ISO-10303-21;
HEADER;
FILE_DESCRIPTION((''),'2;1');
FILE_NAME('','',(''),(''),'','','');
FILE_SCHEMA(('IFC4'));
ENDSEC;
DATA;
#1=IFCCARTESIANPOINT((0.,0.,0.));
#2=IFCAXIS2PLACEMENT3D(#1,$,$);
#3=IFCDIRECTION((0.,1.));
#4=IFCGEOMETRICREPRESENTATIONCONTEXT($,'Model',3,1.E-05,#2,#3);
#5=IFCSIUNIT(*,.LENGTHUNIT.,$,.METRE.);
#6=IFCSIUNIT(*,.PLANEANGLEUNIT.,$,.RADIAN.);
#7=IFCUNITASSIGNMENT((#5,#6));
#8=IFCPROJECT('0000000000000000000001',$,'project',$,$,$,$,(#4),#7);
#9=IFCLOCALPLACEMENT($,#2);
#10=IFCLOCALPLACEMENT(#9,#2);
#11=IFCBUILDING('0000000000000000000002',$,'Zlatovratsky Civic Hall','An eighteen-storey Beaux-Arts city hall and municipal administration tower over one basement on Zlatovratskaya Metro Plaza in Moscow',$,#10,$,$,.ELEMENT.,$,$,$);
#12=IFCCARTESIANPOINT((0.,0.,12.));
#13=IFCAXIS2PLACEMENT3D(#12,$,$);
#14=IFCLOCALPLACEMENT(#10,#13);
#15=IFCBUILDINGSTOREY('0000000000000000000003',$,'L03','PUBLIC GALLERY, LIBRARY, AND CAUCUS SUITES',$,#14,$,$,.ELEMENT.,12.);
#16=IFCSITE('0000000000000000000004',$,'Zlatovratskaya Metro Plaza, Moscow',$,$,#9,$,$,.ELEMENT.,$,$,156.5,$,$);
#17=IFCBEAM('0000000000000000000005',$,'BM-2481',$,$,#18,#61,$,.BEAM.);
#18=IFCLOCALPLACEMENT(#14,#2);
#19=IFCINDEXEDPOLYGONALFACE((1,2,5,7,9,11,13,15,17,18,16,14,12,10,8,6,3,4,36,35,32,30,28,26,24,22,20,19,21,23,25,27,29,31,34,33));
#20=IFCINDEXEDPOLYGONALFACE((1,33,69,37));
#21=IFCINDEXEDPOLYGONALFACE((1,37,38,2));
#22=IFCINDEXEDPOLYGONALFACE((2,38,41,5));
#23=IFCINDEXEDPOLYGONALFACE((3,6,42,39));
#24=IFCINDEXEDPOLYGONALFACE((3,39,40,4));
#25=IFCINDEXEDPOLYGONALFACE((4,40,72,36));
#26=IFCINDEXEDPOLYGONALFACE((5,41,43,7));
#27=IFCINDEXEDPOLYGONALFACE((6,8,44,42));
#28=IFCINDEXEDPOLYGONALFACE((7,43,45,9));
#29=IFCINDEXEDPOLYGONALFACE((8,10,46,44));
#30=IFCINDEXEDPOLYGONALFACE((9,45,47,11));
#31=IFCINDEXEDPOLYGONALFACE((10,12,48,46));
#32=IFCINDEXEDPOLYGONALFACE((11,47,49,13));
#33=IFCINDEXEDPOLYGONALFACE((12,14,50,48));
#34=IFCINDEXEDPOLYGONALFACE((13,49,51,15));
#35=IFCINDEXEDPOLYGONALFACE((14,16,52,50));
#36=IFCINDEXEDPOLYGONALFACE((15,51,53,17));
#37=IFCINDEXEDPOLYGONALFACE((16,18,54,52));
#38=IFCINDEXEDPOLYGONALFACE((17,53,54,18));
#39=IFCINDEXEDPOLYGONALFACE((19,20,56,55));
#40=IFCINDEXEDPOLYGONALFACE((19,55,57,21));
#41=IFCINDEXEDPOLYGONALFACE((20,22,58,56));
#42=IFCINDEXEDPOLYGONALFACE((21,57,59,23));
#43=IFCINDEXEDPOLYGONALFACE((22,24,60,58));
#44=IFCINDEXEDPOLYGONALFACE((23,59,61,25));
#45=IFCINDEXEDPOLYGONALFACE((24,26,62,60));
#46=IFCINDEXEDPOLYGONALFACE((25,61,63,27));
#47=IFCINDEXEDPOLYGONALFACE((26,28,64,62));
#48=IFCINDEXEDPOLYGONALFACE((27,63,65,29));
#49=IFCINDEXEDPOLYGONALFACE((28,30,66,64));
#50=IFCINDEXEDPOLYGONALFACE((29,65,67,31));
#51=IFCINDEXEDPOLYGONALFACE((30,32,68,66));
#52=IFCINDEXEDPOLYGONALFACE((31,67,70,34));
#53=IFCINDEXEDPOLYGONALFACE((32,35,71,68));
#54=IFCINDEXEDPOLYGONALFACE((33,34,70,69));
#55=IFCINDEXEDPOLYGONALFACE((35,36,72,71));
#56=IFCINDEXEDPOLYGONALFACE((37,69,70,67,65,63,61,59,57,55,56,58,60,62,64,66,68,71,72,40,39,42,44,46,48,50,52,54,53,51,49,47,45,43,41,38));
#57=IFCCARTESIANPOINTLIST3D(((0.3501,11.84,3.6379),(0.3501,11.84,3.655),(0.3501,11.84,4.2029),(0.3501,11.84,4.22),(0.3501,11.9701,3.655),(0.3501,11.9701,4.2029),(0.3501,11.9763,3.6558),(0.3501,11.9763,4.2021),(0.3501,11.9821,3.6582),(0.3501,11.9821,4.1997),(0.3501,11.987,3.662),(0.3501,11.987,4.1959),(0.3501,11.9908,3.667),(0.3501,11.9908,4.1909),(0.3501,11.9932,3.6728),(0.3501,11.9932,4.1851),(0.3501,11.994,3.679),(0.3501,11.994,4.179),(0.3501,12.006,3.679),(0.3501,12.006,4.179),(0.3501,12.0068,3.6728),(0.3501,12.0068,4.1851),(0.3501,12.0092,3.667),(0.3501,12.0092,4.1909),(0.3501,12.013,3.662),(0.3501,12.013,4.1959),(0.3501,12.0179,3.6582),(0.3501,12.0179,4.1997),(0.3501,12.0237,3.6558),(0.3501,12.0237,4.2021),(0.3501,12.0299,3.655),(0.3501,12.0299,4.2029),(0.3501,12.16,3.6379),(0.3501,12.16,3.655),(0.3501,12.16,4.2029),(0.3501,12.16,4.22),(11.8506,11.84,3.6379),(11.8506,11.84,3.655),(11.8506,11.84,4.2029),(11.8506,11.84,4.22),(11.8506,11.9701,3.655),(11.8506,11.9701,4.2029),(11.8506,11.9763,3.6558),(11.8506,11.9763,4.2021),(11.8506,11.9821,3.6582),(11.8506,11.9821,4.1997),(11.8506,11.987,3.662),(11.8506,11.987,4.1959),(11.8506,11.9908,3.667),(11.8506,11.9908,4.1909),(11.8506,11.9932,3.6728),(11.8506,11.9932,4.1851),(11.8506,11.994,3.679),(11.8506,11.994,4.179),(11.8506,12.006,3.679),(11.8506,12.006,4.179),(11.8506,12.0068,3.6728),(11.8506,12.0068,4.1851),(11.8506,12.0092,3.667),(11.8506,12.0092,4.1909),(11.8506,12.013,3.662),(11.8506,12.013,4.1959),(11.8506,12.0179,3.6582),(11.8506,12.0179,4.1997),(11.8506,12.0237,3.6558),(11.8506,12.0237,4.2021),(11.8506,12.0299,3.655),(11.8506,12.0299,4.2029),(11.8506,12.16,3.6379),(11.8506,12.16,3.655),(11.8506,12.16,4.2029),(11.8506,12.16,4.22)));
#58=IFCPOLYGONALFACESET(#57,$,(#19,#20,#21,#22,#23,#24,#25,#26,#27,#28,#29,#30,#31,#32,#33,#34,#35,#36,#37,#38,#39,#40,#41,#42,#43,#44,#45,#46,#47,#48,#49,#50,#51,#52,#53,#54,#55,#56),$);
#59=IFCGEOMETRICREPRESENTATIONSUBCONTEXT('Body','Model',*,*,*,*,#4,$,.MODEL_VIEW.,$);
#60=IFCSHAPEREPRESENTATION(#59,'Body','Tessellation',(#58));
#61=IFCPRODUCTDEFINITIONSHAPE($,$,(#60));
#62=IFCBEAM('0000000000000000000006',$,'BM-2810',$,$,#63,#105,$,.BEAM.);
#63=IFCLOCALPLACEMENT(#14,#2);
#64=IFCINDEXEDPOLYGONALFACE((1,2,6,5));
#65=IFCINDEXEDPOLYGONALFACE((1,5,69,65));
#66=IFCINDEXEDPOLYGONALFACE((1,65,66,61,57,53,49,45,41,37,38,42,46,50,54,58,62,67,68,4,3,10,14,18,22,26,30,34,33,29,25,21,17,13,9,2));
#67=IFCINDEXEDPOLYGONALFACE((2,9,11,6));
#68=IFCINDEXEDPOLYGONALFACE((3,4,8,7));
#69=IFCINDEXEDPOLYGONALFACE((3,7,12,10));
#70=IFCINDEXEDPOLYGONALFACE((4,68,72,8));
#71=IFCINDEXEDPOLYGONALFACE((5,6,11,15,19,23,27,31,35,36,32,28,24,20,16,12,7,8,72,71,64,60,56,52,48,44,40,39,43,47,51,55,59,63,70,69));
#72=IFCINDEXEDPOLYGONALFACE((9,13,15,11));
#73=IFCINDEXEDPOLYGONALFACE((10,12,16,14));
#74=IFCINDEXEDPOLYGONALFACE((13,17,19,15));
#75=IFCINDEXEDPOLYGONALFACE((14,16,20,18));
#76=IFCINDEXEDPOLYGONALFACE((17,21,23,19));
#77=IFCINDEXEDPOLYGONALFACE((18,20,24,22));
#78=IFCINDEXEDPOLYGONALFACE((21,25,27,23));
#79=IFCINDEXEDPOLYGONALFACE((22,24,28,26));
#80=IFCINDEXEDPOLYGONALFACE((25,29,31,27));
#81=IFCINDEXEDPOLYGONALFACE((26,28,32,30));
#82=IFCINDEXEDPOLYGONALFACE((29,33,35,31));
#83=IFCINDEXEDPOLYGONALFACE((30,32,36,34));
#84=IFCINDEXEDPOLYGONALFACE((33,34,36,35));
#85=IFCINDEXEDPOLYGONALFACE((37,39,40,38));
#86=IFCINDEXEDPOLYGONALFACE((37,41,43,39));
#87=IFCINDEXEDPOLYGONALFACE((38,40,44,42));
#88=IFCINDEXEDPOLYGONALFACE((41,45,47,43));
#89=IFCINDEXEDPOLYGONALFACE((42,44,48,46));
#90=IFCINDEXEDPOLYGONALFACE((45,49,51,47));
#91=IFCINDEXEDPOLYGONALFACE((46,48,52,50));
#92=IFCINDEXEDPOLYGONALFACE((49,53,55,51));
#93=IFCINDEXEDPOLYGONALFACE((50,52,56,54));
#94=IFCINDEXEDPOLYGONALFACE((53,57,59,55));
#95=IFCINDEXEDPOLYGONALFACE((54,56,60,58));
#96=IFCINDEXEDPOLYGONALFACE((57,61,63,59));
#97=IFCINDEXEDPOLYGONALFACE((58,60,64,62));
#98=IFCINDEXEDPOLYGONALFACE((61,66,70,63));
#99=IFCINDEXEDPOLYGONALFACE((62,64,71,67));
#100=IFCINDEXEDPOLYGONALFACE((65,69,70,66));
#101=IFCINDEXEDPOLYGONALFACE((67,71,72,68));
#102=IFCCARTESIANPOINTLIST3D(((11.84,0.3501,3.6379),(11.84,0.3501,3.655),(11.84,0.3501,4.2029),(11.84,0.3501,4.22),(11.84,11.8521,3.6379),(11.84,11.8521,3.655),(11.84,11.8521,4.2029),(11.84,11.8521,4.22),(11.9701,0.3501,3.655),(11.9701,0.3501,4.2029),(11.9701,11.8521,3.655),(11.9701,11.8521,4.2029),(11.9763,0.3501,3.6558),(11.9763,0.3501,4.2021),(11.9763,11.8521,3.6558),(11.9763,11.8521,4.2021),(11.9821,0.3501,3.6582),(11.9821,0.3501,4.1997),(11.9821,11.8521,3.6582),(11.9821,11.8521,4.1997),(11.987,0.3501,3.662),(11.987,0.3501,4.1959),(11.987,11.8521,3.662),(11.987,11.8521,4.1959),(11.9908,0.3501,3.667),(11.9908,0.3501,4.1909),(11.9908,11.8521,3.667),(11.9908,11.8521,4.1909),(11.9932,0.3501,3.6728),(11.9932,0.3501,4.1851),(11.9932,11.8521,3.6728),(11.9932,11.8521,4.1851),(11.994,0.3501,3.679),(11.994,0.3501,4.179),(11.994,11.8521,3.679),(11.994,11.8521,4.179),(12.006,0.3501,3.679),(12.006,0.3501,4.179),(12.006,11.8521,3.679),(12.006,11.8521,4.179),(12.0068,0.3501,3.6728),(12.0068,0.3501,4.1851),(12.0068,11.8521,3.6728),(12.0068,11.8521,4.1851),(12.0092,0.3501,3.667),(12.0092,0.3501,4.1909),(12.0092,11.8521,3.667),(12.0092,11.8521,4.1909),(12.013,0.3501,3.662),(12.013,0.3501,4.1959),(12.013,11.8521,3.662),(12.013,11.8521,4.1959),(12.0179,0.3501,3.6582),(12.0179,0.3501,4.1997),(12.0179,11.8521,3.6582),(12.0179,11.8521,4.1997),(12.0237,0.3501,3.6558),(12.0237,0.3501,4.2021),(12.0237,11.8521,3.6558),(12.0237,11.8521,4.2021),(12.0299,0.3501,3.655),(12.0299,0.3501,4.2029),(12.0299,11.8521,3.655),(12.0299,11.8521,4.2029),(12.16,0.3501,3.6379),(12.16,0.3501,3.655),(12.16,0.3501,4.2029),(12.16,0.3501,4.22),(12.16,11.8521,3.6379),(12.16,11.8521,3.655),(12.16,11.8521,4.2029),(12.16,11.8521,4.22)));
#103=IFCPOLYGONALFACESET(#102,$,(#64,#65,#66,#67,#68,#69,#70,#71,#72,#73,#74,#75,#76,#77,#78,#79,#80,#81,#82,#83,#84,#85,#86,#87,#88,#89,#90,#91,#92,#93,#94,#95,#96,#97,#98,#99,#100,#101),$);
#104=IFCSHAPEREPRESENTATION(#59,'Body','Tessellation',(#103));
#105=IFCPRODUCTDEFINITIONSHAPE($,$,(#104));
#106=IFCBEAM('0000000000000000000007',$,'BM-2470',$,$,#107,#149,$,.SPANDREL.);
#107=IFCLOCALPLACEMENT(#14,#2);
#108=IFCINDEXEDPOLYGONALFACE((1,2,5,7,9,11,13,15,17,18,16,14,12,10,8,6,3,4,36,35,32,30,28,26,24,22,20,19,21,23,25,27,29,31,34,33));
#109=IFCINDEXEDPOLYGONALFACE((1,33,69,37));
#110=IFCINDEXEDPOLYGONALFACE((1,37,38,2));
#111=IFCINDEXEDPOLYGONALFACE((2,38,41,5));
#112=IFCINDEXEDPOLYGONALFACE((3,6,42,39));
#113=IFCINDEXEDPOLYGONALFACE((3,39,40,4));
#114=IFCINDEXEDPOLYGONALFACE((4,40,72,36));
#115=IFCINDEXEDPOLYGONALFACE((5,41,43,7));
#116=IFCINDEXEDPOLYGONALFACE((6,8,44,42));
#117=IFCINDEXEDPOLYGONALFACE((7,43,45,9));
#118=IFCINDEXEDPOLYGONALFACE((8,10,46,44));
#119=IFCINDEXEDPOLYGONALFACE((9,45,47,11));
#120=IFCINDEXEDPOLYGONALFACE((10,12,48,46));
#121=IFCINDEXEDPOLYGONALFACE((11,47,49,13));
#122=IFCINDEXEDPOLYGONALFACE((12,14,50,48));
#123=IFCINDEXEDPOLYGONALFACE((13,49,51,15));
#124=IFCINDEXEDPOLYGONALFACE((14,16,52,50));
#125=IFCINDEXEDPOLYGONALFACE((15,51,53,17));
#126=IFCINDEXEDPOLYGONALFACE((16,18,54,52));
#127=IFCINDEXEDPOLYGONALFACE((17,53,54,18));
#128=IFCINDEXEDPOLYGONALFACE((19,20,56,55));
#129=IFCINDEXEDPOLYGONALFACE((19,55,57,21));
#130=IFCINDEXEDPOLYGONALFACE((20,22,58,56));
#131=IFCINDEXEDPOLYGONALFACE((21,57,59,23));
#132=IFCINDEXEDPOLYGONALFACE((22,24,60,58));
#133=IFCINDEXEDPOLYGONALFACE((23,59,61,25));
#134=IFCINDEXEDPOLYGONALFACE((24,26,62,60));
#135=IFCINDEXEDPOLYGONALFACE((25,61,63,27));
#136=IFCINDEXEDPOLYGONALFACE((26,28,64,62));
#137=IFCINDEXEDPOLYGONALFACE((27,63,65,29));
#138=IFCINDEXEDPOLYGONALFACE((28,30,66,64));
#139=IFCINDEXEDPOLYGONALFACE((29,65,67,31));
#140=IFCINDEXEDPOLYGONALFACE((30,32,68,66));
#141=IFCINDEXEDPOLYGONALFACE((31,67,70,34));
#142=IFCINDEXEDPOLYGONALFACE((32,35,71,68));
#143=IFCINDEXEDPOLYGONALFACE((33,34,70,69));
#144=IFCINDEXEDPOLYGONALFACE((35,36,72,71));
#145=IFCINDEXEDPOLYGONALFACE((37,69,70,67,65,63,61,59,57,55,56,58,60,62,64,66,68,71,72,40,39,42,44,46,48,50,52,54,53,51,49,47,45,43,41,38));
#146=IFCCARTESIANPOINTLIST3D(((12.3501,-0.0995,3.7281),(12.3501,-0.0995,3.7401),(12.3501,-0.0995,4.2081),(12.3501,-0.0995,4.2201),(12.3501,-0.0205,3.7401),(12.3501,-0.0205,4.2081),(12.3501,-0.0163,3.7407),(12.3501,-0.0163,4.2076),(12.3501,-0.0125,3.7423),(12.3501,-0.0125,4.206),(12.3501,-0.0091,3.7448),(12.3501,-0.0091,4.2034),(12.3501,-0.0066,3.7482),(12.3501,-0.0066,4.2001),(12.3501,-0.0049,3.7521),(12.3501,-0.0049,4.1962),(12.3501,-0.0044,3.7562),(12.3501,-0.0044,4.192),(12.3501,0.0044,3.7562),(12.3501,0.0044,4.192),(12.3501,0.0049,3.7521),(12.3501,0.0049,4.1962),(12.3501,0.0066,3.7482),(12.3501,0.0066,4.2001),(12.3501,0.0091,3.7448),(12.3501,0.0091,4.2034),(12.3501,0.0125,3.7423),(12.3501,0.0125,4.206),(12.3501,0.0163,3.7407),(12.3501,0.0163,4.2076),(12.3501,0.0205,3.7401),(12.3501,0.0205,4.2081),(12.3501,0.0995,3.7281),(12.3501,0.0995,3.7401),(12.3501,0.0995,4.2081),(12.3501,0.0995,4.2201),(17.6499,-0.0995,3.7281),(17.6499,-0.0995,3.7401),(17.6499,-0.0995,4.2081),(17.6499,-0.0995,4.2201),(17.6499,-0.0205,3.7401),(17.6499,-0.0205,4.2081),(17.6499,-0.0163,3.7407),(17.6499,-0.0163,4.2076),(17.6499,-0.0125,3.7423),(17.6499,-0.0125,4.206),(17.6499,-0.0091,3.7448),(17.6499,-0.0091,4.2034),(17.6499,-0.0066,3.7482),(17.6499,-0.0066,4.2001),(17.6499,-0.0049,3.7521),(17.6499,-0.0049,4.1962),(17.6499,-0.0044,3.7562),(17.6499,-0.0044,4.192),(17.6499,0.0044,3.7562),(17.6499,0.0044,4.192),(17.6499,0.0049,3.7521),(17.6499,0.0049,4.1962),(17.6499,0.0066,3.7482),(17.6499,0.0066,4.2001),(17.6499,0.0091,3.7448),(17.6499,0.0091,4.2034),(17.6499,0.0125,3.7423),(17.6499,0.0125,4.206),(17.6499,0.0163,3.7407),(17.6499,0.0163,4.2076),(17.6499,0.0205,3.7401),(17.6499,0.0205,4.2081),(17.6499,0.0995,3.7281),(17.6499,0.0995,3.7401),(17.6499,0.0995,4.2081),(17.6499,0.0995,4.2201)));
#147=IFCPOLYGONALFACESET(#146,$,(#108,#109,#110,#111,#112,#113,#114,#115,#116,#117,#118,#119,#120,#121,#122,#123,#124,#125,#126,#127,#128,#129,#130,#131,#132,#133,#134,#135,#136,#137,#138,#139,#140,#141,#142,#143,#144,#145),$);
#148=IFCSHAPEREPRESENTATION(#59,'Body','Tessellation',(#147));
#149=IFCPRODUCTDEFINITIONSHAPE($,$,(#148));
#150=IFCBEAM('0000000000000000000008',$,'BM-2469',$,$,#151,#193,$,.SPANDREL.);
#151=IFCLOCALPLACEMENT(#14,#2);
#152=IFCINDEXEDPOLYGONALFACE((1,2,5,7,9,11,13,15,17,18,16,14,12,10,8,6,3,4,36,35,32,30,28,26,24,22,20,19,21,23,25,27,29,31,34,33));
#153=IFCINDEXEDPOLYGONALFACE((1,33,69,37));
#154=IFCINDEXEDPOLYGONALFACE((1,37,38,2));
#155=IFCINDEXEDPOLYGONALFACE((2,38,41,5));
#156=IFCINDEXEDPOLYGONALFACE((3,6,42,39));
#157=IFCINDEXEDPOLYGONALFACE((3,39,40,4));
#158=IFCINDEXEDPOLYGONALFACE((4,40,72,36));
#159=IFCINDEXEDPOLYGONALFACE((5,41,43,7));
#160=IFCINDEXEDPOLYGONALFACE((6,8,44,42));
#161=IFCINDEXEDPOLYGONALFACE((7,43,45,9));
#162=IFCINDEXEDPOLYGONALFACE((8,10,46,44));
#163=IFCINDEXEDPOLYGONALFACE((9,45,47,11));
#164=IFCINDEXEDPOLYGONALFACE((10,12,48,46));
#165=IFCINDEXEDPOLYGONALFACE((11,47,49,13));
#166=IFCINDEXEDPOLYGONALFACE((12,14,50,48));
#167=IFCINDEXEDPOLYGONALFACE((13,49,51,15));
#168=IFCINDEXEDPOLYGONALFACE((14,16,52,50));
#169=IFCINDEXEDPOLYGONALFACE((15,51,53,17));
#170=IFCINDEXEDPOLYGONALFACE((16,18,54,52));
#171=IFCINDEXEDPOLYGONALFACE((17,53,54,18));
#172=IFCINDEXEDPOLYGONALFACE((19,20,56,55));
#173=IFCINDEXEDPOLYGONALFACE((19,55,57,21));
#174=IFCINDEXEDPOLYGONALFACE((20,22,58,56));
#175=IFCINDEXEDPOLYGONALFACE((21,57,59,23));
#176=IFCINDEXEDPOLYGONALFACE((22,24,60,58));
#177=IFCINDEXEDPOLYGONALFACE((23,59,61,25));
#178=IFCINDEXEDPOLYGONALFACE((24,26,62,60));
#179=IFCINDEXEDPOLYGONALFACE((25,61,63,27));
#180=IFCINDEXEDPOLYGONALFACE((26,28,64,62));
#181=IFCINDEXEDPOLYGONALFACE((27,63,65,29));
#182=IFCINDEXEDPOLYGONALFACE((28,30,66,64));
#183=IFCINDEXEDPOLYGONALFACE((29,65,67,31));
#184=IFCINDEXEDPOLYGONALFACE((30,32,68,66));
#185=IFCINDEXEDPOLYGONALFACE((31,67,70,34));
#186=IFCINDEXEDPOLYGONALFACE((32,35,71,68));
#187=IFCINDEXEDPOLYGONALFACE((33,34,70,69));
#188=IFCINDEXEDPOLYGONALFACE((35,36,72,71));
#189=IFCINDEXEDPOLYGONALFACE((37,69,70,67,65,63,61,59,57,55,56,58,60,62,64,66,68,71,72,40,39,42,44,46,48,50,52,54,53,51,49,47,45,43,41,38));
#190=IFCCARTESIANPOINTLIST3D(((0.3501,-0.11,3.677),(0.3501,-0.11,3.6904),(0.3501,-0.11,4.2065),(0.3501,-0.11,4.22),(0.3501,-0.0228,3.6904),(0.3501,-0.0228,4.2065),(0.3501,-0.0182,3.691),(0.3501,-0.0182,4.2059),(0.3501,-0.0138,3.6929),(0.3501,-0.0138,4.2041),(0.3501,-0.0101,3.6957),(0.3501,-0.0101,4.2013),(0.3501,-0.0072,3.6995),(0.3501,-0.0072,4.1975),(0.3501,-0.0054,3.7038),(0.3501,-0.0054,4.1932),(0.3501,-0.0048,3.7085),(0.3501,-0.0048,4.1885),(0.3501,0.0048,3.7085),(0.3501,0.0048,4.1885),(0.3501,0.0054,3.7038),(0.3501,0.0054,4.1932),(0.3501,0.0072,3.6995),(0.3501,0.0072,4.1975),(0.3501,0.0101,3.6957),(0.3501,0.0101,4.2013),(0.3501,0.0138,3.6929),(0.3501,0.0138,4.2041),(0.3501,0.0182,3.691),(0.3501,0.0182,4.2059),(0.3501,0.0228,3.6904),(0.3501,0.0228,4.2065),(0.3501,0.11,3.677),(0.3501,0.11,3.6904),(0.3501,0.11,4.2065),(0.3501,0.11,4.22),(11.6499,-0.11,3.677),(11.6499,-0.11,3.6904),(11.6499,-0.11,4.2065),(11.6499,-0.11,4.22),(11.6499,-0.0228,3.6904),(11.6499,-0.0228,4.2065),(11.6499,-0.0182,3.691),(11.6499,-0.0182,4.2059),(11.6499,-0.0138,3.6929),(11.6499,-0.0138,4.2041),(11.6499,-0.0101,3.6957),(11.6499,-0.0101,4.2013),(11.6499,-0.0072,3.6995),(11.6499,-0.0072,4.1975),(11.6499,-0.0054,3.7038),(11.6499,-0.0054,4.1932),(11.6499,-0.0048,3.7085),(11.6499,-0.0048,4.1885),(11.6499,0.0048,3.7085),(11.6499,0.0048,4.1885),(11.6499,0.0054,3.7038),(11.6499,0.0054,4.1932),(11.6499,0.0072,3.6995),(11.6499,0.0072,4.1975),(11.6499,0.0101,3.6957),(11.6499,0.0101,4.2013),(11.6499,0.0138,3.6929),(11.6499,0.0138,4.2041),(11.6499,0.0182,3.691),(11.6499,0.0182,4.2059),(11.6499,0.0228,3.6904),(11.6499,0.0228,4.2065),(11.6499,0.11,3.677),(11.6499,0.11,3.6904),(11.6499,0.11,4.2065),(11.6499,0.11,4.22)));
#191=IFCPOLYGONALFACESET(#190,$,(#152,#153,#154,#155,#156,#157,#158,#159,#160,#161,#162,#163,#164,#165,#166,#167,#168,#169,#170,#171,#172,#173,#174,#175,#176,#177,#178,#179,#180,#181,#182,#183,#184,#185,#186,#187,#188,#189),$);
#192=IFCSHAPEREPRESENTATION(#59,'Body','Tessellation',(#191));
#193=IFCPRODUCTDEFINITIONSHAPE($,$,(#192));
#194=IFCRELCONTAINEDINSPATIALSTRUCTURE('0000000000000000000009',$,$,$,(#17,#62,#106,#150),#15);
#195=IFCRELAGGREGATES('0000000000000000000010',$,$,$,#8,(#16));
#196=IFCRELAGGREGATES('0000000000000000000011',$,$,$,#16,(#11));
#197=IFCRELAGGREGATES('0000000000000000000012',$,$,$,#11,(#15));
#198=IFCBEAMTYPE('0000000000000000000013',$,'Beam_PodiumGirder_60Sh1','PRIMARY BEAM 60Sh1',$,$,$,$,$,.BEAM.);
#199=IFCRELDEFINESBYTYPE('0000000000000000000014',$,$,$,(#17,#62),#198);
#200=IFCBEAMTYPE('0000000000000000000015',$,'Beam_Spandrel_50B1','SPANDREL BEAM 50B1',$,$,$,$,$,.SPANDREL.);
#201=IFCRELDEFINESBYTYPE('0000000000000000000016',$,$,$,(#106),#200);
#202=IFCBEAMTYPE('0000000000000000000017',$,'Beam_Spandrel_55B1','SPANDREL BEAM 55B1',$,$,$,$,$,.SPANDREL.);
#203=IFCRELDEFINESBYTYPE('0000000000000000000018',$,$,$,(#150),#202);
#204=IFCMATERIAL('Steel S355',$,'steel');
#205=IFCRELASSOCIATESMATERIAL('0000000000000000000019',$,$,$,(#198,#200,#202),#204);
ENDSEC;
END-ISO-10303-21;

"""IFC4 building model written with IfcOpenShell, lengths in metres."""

from ifc_helpers import new_model, si_unit, direction, frame, origin, origin_2d, place, context, subcontext, project, spatial, i_section, extrude, material, material_profile, profile_set, type_object, element, save


model = new_model("IFC4")

# Units and contexts
model_context = context("Model", 3, precision=1e-05, world=origin(), true_north=direction((0.0, 1.0)))
body_context = subcontext(model_context, "Body", "Model", "MODEL_VIEW")
ifc_project = project(units=[si_unit("LENGTHUNIT", "METRE"), si_unit("PLANEANGLEUNIT", "RADIAN")], contexts=[model_context])

# Site, building, storey
site_placement = place(None, origin())
site = spatial("IfcSite", under=ifc_project, at=site_placement, Name="Zlatovratskaya Metro Plaza, Moscow", CompositionType="ELEMENT", RefElevation=156.5)
building_placement = place(site_placement, origin())
building = spatial("IfcBuilding", under=site, at=building_placement, Name="Zlatovratsky Civic Hall", Description="An eighteen-storey Beaux-Arts city hall and municipal administration tower over one basement on Zlatovratskaya Metro Plaza in Moscow", CompositionType="ELEMENT")
storey_placement = place(building_placement, frame((0.0, 0.0, 12.0)))
storey = spatial("IfcBuildingStorey", under=building, at=storey_placement, Name="L03", Description="PUBLIC GALLERY, LIBRARY, AND CAUCUS SUITES", CompositionType="ELEMENT", Elevation=12.0)

# Shared definitions
ifc_material_1 = material(Name="Steel S355", Category="steel")

# Beams
ifc_material_profile_1 = material_profile(ifc_material_1, i_section(OverallWidth=0.3201, OverallDepth=0.582, WebThickness=0.012, FlangeThickness=0.0171, FilletRadius=0.0239, at=origin_2d()), Name="60Sh1")
ifc_profile_set_1 = profile_set([ifc_material_profile_1], Name="Steel S355")
beam_type_1 = type_object("IfcBeamType", Name="Beam_PodiumGirder_60Sh1", Description="PRIMARY BEAM 60Sh1", PredefinedType="BEAM", material=ifc_profile_set_1)
beam_1_placement = place(storey_placement, frame((0.3501, 12.0, 3.929), z_axis=(1.0, 0.0, 0.0), x_axis=(0.0, 1.0, 0.0)))
element("IfcBeam", 1, at=beam_1_placement, inside=storey, type_object=beam_type_1, Name="BM-2481", PredefinedType="BEAM", context=body_context, shape_type="SweptSolid", body=[
    extrude(i_section(OverallWidth=0.3201, OverallDepth=0.582, WebThickness=0.012, FlangeThickness=0.0171, FilletRadius=0.0239, at=origin_2d()), origin(), (0.0, 0.0, 1.0), 11.5005),
])
beam_2_placement = place(storey_placement, frame((12.0, 0.3501, 3.929), z_axis=(0.0, 1.0, 0.0), x_axis=(-1.0, 0.0, 0.0)))
element("IfcBeam", 2, at=beam_2_placement, inside=storey, type_object=beam_type_1, Name="BM-2810", PredefinedType="BEAM", context=body_context, shape_type="SweptSolid", body=[
    extrude(i_section(OverallWidth=0.3201, OverallDepth=0.582, WebThickness=0.012, FlangeThickness=0.0171, FilletRadius=0.0239, at=origin_2d()), origin(), (0.0, 0.0, 1.0), 11.502),
])
ifc_material_profile_2 = material_profile(ifc_material_1, i_section(OverallWidth=0.199, OverallDepth=0.4919, WebThickness=0.0088, FlangeThickness=0.012, FilletRadius=0.0161, at=origin_2d()), Name="50B1")
ifc_profile_set_2 = profile_set([ifc_material_profile_2], Name="Steel S355")
beam_type_2 = type_object("IfcBeamType", Name="Beam_Spandrel_50B1", Description="SPANDREL BEAM 50B1", PredefinedType="SPANDREL", material=ifc_profile_set_2)
beam_3_placement = place(storey_placement, frame((12.3501, 0.0, 3.9741), z_axis=(1.0, 0.0, 0.0), x_axis=(0.0, 1.0, 0.0)))
element("IfcBeam", 3, at=beam_3_placement, inside=storey, type_object=beam_type_2, Name="BM-2470", PredefinedType="SPANDREL", context=body_context, shape_type="SweptSolid", body=[
    extrude(i_section(OverallWidth=0.199, OverallDepth=0.4919, WebThickness=0.0088, FlangeThickness=0.012, FilletRadius=0.0161, at=origin_2d()), origin(), (0.0, 0.0, 1.0), 5.2998),
])
ifc_material_profile_3 = material_profile(ifc_material_1, i_section(OverallWidth=0.22, OverallDepth=0.543, WebThickness=0.0095, FlangeThickness=0.0134, FilletRadius=0.0181, at=origin_2d()), Name="55B1")
ifc_profile_set_3 = profile_set([ifc_material_profile_3], Name="Steel S355")
beam_type_3 = type_object("IfcBeamType", Name="Beam_Spandrel_55B1", Description="SPANDREL BEAM 55B1", PredefinedType="SPANDREL", material=ifc_profile_set_3)
for number, where, z_axis, x_axis, name in (
    (4, (0.3501, 0.0, 3.9485), (1.0, 0.0, 0.0), (0.0, 1.0, 0.0), "BM-2469"),
):
    element("IfcBeam", number, at=place(storey_placement, frame(where, z_axis=z_axis, x_axis=x_axis)), inside=storey, type_object=beam_type_3, Name=name, PredefinedType="SPANDREL", context=body_context, shape_type="SweptSolid", body=[
        extrude(i_section(OverallWidth=0.22, OverallDepth=0.543, WebThickness=0.0095, FlangeThickness=0.0134, FilletRadius=0.0181, at=origin_2d()), origin(), (0.0, 0.0, 1.0), 11.2998),
    ])

save(model, "model.ifc")
